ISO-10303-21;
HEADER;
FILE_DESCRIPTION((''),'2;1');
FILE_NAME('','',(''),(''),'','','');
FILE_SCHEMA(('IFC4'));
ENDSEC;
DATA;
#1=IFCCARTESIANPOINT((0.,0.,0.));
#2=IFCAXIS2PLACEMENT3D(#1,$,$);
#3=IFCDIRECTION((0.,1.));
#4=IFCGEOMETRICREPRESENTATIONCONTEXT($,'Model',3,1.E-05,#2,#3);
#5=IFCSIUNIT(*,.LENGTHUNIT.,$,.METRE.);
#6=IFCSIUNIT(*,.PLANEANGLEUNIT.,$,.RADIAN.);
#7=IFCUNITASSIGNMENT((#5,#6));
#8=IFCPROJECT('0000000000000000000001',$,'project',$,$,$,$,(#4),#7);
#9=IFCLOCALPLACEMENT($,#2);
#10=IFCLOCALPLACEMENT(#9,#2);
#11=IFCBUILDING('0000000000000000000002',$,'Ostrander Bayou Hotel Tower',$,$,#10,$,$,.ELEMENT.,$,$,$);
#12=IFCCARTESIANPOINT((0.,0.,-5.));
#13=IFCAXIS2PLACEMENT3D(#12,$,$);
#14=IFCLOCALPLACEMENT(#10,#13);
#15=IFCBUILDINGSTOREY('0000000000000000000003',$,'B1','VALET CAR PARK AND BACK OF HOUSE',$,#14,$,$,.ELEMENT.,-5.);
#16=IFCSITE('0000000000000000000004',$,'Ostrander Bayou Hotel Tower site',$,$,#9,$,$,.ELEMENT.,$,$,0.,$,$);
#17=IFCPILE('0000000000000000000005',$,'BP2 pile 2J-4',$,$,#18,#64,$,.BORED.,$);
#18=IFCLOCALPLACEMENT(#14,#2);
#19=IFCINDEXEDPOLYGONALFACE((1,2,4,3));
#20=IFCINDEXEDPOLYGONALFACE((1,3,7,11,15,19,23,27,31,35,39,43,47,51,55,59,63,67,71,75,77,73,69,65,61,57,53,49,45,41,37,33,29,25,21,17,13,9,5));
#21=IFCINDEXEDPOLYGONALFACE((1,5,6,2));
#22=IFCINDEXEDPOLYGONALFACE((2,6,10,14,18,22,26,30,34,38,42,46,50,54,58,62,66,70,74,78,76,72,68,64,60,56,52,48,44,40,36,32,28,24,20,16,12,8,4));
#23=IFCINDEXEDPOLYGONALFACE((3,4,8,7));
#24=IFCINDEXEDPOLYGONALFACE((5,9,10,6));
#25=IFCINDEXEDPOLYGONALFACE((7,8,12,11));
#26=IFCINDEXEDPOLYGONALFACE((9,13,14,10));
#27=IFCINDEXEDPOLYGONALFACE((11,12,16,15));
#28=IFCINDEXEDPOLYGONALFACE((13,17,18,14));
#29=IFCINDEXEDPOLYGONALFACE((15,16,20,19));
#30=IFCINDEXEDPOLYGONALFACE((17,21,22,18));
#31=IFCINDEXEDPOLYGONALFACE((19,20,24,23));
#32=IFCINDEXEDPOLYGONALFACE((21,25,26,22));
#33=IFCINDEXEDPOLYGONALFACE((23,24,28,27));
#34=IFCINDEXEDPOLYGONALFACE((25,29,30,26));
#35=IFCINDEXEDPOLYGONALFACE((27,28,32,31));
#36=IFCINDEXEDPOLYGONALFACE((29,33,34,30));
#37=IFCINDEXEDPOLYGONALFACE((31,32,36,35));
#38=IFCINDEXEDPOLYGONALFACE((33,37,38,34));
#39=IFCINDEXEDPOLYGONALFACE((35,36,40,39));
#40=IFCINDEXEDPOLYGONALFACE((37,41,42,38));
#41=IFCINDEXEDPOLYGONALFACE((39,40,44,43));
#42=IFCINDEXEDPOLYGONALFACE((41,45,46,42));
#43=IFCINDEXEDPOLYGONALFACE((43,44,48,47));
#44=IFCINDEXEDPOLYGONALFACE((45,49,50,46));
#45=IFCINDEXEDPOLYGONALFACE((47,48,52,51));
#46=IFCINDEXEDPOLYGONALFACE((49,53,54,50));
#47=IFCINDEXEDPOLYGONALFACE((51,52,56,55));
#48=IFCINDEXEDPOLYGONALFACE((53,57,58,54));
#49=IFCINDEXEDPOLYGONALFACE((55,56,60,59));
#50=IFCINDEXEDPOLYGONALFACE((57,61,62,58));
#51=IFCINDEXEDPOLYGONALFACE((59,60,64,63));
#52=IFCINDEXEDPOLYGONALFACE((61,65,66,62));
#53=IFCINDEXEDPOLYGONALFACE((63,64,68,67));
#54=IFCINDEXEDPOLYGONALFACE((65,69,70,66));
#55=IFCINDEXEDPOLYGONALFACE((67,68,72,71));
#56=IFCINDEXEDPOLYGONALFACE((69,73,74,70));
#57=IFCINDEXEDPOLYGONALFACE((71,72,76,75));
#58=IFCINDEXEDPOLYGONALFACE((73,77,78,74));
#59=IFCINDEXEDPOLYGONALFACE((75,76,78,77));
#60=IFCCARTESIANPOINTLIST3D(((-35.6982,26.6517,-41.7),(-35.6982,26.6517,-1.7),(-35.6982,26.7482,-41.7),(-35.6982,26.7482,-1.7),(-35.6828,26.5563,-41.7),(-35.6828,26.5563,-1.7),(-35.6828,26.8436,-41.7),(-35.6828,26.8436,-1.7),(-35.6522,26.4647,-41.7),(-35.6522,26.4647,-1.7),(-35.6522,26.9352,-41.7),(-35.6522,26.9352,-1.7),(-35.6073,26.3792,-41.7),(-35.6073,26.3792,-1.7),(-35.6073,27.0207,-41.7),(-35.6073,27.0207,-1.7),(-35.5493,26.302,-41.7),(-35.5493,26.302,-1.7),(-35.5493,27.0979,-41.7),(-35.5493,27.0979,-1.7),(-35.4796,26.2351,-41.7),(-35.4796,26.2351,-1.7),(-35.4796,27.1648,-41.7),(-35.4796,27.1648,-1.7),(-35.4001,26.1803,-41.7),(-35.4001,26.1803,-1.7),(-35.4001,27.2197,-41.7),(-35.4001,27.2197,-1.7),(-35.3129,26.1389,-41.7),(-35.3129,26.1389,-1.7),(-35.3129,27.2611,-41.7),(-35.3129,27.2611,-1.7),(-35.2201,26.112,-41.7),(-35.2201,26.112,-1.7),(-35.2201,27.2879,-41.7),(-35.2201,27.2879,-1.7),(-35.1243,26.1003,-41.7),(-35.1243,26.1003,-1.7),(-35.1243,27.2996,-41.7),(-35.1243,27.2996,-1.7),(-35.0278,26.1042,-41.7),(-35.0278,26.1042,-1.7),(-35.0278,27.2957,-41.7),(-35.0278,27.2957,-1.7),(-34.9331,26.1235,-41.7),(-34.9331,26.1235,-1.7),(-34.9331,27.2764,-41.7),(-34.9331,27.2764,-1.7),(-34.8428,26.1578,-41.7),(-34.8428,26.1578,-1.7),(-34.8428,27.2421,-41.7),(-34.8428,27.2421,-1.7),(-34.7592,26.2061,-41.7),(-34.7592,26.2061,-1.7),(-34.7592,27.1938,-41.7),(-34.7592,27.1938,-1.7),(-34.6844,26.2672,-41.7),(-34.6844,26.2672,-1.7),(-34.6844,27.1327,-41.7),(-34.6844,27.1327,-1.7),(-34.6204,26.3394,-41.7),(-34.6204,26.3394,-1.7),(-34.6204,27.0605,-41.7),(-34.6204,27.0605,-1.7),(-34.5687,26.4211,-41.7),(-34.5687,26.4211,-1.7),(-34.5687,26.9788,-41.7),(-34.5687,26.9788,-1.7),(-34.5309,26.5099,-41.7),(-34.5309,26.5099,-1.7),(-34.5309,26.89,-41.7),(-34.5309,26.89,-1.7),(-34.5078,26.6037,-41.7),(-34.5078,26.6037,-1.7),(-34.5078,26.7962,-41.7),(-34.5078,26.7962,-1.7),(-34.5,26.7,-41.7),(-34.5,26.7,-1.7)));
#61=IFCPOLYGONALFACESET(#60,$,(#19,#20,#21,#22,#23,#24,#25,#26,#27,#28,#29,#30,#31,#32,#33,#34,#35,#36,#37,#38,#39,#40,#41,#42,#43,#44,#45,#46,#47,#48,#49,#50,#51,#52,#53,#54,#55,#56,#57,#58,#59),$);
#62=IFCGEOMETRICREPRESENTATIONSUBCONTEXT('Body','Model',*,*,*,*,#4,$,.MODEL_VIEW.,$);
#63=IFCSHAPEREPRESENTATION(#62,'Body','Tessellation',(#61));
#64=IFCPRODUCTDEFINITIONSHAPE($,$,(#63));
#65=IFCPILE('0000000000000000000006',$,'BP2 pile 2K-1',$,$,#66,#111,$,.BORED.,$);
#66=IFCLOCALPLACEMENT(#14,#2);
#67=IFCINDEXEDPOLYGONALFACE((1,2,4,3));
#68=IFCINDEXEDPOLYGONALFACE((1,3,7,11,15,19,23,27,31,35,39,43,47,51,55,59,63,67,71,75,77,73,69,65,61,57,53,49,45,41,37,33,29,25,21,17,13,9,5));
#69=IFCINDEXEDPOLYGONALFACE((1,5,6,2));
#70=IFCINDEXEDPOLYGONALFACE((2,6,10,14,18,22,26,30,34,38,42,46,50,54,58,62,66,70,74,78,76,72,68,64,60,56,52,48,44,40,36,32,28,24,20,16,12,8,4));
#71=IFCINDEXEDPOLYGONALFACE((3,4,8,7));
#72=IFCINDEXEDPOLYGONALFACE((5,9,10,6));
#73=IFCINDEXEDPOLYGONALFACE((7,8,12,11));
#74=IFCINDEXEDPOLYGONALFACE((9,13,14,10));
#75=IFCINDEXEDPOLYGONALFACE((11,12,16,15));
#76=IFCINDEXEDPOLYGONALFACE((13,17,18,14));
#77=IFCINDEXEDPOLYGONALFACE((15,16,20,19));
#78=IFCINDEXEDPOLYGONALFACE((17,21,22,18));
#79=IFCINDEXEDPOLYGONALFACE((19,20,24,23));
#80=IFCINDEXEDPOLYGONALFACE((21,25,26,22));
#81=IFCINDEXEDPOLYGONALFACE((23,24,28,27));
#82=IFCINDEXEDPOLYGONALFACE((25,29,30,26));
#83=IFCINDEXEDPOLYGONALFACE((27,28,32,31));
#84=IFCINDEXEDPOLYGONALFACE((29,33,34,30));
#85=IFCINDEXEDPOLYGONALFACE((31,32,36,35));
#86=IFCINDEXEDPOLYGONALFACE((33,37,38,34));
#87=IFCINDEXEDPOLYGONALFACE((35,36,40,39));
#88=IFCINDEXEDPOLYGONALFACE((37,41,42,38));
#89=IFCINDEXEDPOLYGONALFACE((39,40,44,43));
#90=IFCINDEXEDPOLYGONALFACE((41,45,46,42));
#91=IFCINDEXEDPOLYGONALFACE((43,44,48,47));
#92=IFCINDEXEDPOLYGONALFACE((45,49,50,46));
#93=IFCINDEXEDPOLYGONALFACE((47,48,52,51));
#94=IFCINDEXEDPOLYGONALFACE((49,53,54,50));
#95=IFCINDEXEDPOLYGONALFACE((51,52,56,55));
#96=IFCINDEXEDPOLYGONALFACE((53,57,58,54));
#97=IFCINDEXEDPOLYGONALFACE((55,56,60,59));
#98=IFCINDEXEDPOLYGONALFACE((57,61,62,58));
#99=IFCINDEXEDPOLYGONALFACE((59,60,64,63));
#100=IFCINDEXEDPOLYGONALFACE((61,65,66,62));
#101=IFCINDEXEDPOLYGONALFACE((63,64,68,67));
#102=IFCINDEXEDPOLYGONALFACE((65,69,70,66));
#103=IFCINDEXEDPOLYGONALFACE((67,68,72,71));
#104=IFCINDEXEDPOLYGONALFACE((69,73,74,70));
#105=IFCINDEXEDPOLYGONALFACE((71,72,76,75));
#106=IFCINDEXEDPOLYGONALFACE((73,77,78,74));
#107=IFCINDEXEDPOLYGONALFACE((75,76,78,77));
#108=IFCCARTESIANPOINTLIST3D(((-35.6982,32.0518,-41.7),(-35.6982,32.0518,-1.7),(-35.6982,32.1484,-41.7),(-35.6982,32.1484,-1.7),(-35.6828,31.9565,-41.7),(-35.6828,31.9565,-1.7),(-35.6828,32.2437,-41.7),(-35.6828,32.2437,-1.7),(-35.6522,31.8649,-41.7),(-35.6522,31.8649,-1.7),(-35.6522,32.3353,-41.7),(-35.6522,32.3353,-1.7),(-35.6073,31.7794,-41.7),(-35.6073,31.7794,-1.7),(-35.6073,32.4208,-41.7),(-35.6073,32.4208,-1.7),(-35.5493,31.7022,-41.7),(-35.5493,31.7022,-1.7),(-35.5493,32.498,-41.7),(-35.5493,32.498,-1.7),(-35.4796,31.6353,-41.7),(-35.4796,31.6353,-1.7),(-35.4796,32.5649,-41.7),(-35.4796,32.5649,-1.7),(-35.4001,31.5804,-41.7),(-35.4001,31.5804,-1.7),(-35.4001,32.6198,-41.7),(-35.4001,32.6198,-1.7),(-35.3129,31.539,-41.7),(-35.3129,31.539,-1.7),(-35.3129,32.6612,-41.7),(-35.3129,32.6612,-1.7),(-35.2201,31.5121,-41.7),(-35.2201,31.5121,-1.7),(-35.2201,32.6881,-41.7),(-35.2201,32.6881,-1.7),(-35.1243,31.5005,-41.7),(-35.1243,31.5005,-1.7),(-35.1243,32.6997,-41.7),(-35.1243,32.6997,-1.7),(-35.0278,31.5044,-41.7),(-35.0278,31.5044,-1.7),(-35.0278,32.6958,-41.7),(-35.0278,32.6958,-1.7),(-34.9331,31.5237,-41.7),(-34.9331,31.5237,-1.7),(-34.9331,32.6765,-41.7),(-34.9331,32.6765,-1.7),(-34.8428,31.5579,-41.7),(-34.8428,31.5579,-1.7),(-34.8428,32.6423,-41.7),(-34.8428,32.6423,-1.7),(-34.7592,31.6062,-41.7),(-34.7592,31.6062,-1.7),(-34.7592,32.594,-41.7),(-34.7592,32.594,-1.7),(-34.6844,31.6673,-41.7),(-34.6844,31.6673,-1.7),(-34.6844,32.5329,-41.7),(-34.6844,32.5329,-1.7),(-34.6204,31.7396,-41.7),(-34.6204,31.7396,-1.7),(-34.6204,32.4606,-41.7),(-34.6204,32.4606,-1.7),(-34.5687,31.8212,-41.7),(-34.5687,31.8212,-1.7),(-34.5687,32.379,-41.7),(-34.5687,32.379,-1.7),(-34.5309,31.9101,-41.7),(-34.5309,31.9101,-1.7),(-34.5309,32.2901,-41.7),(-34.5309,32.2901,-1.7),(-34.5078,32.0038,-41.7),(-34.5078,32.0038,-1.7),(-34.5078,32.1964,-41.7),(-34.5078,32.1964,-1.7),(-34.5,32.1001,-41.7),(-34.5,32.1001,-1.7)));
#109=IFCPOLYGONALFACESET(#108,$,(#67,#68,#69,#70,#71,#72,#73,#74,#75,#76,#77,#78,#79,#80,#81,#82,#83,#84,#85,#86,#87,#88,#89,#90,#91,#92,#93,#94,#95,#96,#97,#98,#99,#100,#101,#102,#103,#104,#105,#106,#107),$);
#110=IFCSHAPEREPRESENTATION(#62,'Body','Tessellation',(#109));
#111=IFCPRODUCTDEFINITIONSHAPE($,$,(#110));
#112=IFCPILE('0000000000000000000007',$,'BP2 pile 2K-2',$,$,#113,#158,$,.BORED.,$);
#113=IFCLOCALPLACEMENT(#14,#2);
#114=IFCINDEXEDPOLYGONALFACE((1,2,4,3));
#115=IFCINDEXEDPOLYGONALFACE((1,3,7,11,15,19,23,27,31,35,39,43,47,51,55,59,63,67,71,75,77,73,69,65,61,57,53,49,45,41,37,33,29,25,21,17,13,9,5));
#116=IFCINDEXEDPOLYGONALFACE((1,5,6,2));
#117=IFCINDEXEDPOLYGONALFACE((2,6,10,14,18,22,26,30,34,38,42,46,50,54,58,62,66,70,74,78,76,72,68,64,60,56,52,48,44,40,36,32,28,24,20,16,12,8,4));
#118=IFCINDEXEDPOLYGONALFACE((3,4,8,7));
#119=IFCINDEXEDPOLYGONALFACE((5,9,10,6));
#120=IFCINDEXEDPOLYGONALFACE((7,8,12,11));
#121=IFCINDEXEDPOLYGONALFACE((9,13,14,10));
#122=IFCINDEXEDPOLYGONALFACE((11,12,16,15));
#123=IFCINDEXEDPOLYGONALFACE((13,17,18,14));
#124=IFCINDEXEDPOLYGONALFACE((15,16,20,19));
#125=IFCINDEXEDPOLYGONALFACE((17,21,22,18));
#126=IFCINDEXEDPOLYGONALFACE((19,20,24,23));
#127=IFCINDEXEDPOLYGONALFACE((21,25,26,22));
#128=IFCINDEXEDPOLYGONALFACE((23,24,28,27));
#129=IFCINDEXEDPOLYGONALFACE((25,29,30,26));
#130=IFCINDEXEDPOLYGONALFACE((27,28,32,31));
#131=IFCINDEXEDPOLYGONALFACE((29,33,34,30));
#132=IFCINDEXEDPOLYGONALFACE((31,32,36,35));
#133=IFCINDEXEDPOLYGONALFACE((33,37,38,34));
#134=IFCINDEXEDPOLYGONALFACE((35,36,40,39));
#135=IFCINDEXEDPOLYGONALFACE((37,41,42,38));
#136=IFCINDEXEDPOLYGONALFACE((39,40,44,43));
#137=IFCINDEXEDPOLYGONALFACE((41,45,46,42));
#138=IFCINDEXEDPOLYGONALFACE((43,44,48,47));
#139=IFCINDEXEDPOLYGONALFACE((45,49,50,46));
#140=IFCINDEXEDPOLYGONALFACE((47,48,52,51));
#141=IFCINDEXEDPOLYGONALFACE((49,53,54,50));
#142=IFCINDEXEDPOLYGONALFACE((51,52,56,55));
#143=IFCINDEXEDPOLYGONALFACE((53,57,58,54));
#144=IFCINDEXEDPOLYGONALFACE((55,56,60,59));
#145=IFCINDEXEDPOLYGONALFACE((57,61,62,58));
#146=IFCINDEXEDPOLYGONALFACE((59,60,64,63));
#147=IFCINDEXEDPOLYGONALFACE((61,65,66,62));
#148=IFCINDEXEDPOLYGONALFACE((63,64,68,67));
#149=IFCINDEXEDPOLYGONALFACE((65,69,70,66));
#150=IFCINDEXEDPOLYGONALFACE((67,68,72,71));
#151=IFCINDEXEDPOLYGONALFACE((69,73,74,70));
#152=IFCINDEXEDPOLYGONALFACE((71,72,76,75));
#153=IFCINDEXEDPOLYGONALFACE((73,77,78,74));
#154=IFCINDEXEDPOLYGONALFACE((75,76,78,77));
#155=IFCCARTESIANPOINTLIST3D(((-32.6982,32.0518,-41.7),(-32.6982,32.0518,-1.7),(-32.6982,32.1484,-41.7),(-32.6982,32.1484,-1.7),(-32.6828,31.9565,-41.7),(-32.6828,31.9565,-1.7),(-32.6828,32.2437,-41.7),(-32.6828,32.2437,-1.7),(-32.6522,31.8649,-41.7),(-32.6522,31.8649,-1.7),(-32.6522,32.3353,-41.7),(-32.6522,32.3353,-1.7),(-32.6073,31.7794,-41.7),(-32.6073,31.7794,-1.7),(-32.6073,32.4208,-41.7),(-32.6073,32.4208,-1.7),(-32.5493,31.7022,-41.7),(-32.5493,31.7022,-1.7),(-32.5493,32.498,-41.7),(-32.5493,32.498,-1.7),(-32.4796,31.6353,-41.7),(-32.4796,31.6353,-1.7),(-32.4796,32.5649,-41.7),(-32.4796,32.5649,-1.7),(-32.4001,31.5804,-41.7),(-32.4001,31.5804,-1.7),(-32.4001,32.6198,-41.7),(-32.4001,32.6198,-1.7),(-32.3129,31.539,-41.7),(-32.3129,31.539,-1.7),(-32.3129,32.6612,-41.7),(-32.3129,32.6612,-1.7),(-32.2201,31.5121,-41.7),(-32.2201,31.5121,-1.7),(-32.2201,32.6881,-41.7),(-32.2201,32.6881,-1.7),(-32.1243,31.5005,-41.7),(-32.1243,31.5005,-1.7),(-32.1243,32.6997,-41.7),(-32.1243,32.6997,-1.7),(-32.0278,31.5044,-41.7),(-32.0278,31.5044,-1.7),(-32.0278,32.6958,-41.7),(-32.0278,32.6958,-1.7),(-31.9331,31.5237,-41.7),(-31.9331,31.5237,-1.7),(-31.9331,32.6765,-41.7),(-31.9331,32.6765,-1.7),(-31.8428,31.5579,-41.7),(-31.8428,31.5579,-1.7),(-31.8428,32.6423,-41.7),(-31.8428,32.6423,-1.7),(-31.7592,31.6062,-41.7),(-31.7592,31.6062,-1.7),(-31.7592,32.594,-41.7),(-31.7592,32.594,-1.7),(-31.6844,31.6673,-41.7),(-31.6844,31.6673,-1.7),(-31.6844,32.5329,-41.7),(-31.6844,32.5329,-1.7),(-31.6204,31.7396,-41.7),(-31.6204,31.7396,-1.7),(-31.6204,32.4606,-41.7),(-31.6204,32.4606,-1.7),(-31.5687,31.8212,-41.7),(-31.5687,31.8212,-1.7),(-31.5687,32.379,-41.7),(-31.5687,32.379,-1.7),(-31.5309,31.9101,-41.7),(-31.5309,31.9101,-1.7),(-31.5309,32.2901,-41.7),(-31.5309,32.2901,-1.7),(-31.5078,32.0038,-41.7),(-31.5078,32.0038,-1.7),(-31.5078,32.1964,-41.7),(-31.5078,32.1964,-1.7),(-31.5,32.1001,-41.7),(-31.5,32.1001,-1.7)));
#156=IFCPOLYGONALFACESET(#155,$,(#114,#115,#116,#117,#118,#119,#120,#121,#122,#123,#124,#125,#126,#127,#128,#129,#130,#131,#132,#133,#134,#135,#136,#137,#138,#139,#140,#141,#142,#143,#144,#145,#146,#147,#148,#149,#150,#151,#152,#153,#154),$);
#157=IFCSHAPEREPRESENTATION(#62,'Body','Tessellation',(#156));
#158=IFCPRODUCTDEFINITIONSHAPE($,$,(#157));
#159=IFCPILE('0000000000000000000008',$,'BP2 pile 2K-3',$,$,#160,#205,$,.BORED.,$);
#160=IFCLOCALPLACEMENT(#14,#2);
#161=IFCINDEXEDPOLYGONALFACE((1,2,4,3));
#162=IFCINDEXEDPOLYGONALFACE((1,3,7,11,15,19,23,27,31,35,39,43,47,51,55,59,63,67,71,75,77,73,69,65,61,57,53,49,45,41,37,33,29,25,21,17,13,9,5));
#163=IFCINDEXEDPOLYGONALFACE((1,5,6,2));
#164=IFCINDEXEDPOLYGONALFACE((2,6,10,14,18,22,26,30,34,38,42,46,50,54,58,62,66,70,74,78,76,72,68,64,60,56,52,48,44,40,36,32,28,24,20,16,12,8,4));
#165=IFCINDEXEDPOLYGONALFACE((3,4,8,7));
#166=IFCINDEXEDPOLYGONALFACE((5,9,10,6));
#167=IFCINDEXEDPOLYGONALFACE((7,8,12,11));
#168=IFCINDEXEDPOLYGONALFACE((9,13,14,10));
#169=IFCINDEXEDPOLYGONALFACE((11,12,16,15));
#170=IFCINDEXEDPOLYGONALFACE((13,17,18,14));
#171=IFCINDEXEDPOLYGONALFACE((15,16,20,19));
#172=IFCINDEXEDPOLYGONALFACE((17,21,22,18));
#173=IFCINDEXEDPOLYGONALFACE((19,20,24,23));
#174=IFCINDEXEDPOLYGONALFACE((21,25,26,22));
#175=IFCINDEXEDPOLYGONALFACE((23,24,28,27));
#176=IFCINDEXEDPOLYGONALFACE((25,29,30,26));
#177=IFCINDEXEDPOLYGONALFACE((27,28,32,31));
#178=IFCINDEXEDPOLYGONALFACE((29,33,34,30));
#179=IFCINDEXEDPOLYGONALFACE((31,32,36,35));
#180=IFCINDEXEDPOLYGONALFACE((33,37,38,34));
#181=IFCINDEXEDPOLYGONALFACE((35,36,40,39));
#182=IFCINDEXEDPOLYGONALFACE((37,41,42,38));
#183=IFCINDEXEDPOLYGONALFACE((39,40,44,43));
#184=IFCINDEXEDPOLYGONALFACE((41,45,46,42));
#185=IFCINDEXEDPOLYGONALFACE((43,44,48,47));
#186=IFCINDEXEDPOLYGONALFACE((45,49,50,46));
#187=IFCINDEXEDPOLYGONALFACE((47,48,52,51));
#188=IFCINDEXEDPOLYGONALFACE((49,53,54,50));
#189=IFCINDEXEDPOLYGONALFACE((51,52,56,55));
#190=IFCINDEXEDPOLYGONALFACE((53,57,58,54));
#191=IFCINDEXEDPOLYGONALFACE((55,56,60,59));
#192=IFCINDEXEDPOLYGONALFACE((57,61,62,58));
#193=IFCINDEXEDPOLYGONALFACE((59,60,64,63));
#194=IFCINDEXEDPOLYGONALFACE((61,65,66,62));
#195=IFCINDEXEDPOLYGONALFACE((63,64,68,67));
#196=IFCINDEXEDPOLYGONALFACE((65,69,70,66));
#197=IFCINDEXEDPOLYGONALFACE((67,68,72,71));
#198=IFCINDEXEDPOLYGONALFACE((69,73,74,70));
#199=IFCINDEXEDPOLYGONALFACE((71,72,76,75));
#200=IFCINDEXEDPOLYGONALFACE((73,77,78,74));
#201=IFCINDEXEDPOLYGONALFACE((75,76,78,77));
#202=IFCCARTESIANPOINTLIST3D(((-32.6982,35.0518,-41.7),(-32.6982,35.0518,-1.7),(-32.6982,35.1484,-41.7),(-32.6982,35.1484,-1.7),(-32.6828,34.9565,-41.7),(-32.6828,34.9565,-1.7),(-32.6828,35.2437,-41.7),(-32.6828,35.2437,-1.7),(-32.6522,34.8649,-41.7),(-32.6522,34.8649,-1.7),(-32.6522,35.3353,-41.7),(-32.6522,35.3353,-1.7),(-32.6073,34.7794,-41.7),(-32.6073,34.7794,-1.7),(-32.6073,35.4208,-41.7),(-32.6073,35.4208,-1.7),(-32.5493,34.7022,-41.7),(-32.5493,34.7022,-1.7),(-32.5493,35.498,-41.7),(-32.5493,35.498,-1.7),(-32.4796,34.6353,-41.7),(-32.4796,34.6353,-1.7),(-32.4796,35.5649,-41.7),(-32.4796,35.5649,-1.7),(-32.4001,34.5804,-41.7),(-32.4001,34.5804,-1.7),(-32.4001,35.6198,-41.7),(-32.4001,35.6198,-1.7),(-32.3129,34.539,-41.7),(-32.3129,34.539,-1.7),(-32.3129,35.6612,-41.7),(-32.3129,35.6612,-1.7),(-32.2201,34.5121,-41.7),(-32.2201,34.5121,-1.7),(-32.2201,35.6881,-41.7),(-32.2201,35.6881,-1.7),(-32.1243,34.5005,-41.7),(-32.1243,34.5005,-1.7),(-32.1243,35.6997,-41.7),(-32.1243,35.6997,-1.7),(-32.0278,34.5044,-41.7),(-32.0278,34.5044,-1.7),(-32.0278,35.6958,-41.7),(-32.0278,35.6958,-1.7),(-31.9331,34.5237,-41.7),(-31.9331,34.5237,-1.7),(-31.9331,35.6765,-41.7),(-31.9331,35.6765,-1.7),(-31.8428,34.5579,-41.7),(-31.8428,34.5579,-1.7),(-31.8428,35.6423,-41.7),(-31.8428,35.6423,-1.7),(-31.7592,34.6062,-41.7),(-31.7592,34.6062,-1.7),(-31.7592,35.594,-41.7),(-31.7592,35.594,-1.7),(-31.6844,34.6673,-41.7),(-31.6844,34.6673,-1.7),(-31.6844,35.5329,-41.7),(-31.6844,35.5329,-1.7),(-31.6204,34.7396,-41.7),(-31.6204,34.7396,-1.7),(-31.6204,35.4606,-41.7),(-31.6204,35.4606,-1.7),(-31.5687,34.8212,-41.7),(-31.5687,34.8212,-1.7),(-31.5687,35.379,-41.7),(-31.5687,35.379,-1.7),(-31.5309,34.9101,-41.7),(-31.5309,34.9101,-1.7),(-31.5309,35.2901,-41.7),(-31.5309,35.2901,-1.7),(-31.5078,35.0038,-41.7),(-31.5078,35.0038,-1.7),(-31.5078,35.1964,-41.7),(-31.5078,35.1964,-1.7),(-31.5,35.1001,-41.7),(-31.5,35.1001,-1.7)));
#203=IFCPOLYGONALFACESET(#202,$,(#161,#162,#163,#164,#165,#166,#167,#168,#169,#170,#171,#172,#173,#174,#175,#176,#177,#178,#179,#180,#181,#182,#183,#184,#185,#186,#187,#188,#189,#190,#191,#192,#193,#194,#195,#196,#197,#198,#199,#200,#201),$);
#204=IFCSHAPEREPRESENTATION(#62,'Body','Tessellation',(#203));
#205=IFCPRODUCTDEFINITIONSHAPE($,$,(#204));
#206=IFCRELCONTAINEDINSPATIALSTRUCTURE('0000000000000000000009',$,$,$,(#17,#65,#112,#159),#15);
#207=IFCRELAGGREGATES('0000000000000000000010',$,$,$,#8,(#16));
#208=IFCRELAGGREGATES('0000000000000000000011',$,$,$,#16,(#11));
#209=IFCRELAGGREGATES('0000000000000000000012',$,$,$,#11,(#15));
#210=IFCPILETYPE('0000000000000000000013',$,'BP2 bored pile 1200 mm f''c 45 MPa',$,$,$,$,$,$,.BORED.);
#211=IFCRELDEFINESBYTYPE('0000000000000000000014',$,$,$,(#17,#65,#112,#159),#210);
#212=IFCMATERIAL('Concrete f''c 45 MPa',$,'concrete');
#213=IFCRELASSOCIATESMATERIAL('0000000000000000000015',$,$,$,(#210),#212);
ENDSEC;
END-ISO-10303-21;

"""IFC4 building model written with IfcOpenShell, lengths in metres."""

from ifc_helpers import new_model, si_unit, direction, frame, origin, origin_2d, place, context, subcontext, project, spatial, circle, extrude, material, material_profile, profile_set, type_object, element, save


model = new_model("IFC4")

# Units and contexts
model_context = context("Model", 3, precision=1e-05, world=origin(), true_north=direction((0.0, 1.0)))
body_context = subcontext(model_context, "Body", "Model", "MODEL_VIEW")
ifc_project = project(units=[si_unit("LENGTHUNIT", "METRE"), si_unit("PLANEANGLEUNIT", "RADIAN")], contexts=[model_context])

# Site, building, storey
site_placement = place(None, origin())
site = spatial("IfcSite", under=ifc_project, at=site_placement, Name="Ostrander Bayou Hotel Tower site", CompositionType="ELEMENT", RefElevation=0.0)
building_placement = place(site_placement, origin())
building = spatial("IfcBuilding", under=site, at=building_placement, Name="Ostrander Bayou Hotel Tower", CompositionType="ELEMENT")
storey_placement = place(building_placement, frame((0.0, 0.0, -5.0)))
storey = spatial("IfcBuildingStorey", under=building, at=storey_placement, Name="B1", Description="VALET CAR PARK AND BACK OF HOUSE", CompositionType="ELEMENT", Elevation=-5.0)

# Piles
ifc_material_1 = material(Name="Concrete f'c 45 MPa", Category="concrete")
ifc_material_profile_1 = material_profile(ifc_material_1, circle(Radius=0.6001, at=origin_2d()))
ifc_profile_set_1 = profile_set([ifc_material_profile_1], Name="Concrete f'c 45 MPa")
pile_type = type_object("IfcPileType", Name="BP2 bored pile 1200 mm f'c 45 MPa", PredefinedType="BORED", material=ifc_profile_set_1)
for number, where, z_axis, x_axis, name in (
    (1, (-35.1001, 26.7, -1.7), (0.0, 0.0, -1.0), (1.0, 0.0, 0.0), "BP2 pile 2J-4"),
    (2, (-35.1001, 32.1001, -1.7), (0.0, 0.0, -1.0), (1.0, 0.0, 0.0), "BP2 pile 2K-1"),
    (3, (-32.1001, 32.1001, -1.7), (0.0, 0.0, -1.0), (1.0, 0.0, 0.0), "BP2 pile 2K-2"),
    (4, (-32.1001, 35.1001, -1.7), (0.0, 0.0, -1.0), (1.0, 0.0, 0.0), "BP2 pile 2K-3"),
):
    element("IfcPile", number, at=place(storey_placement, frame(where, z_axis=z_axis, x_axis=x_axis)), inside=storey, type_object=pile_type, Name=name, PredefinedType="BORED", context=body_context, shape_type="SweptSolid", body=[
        extrude(circle(Radius=0.6001, at=origin_2d()), origin(), (0.0, 0.0, 1.0), 40.0),
    ])

save(model, "model.ifc")
